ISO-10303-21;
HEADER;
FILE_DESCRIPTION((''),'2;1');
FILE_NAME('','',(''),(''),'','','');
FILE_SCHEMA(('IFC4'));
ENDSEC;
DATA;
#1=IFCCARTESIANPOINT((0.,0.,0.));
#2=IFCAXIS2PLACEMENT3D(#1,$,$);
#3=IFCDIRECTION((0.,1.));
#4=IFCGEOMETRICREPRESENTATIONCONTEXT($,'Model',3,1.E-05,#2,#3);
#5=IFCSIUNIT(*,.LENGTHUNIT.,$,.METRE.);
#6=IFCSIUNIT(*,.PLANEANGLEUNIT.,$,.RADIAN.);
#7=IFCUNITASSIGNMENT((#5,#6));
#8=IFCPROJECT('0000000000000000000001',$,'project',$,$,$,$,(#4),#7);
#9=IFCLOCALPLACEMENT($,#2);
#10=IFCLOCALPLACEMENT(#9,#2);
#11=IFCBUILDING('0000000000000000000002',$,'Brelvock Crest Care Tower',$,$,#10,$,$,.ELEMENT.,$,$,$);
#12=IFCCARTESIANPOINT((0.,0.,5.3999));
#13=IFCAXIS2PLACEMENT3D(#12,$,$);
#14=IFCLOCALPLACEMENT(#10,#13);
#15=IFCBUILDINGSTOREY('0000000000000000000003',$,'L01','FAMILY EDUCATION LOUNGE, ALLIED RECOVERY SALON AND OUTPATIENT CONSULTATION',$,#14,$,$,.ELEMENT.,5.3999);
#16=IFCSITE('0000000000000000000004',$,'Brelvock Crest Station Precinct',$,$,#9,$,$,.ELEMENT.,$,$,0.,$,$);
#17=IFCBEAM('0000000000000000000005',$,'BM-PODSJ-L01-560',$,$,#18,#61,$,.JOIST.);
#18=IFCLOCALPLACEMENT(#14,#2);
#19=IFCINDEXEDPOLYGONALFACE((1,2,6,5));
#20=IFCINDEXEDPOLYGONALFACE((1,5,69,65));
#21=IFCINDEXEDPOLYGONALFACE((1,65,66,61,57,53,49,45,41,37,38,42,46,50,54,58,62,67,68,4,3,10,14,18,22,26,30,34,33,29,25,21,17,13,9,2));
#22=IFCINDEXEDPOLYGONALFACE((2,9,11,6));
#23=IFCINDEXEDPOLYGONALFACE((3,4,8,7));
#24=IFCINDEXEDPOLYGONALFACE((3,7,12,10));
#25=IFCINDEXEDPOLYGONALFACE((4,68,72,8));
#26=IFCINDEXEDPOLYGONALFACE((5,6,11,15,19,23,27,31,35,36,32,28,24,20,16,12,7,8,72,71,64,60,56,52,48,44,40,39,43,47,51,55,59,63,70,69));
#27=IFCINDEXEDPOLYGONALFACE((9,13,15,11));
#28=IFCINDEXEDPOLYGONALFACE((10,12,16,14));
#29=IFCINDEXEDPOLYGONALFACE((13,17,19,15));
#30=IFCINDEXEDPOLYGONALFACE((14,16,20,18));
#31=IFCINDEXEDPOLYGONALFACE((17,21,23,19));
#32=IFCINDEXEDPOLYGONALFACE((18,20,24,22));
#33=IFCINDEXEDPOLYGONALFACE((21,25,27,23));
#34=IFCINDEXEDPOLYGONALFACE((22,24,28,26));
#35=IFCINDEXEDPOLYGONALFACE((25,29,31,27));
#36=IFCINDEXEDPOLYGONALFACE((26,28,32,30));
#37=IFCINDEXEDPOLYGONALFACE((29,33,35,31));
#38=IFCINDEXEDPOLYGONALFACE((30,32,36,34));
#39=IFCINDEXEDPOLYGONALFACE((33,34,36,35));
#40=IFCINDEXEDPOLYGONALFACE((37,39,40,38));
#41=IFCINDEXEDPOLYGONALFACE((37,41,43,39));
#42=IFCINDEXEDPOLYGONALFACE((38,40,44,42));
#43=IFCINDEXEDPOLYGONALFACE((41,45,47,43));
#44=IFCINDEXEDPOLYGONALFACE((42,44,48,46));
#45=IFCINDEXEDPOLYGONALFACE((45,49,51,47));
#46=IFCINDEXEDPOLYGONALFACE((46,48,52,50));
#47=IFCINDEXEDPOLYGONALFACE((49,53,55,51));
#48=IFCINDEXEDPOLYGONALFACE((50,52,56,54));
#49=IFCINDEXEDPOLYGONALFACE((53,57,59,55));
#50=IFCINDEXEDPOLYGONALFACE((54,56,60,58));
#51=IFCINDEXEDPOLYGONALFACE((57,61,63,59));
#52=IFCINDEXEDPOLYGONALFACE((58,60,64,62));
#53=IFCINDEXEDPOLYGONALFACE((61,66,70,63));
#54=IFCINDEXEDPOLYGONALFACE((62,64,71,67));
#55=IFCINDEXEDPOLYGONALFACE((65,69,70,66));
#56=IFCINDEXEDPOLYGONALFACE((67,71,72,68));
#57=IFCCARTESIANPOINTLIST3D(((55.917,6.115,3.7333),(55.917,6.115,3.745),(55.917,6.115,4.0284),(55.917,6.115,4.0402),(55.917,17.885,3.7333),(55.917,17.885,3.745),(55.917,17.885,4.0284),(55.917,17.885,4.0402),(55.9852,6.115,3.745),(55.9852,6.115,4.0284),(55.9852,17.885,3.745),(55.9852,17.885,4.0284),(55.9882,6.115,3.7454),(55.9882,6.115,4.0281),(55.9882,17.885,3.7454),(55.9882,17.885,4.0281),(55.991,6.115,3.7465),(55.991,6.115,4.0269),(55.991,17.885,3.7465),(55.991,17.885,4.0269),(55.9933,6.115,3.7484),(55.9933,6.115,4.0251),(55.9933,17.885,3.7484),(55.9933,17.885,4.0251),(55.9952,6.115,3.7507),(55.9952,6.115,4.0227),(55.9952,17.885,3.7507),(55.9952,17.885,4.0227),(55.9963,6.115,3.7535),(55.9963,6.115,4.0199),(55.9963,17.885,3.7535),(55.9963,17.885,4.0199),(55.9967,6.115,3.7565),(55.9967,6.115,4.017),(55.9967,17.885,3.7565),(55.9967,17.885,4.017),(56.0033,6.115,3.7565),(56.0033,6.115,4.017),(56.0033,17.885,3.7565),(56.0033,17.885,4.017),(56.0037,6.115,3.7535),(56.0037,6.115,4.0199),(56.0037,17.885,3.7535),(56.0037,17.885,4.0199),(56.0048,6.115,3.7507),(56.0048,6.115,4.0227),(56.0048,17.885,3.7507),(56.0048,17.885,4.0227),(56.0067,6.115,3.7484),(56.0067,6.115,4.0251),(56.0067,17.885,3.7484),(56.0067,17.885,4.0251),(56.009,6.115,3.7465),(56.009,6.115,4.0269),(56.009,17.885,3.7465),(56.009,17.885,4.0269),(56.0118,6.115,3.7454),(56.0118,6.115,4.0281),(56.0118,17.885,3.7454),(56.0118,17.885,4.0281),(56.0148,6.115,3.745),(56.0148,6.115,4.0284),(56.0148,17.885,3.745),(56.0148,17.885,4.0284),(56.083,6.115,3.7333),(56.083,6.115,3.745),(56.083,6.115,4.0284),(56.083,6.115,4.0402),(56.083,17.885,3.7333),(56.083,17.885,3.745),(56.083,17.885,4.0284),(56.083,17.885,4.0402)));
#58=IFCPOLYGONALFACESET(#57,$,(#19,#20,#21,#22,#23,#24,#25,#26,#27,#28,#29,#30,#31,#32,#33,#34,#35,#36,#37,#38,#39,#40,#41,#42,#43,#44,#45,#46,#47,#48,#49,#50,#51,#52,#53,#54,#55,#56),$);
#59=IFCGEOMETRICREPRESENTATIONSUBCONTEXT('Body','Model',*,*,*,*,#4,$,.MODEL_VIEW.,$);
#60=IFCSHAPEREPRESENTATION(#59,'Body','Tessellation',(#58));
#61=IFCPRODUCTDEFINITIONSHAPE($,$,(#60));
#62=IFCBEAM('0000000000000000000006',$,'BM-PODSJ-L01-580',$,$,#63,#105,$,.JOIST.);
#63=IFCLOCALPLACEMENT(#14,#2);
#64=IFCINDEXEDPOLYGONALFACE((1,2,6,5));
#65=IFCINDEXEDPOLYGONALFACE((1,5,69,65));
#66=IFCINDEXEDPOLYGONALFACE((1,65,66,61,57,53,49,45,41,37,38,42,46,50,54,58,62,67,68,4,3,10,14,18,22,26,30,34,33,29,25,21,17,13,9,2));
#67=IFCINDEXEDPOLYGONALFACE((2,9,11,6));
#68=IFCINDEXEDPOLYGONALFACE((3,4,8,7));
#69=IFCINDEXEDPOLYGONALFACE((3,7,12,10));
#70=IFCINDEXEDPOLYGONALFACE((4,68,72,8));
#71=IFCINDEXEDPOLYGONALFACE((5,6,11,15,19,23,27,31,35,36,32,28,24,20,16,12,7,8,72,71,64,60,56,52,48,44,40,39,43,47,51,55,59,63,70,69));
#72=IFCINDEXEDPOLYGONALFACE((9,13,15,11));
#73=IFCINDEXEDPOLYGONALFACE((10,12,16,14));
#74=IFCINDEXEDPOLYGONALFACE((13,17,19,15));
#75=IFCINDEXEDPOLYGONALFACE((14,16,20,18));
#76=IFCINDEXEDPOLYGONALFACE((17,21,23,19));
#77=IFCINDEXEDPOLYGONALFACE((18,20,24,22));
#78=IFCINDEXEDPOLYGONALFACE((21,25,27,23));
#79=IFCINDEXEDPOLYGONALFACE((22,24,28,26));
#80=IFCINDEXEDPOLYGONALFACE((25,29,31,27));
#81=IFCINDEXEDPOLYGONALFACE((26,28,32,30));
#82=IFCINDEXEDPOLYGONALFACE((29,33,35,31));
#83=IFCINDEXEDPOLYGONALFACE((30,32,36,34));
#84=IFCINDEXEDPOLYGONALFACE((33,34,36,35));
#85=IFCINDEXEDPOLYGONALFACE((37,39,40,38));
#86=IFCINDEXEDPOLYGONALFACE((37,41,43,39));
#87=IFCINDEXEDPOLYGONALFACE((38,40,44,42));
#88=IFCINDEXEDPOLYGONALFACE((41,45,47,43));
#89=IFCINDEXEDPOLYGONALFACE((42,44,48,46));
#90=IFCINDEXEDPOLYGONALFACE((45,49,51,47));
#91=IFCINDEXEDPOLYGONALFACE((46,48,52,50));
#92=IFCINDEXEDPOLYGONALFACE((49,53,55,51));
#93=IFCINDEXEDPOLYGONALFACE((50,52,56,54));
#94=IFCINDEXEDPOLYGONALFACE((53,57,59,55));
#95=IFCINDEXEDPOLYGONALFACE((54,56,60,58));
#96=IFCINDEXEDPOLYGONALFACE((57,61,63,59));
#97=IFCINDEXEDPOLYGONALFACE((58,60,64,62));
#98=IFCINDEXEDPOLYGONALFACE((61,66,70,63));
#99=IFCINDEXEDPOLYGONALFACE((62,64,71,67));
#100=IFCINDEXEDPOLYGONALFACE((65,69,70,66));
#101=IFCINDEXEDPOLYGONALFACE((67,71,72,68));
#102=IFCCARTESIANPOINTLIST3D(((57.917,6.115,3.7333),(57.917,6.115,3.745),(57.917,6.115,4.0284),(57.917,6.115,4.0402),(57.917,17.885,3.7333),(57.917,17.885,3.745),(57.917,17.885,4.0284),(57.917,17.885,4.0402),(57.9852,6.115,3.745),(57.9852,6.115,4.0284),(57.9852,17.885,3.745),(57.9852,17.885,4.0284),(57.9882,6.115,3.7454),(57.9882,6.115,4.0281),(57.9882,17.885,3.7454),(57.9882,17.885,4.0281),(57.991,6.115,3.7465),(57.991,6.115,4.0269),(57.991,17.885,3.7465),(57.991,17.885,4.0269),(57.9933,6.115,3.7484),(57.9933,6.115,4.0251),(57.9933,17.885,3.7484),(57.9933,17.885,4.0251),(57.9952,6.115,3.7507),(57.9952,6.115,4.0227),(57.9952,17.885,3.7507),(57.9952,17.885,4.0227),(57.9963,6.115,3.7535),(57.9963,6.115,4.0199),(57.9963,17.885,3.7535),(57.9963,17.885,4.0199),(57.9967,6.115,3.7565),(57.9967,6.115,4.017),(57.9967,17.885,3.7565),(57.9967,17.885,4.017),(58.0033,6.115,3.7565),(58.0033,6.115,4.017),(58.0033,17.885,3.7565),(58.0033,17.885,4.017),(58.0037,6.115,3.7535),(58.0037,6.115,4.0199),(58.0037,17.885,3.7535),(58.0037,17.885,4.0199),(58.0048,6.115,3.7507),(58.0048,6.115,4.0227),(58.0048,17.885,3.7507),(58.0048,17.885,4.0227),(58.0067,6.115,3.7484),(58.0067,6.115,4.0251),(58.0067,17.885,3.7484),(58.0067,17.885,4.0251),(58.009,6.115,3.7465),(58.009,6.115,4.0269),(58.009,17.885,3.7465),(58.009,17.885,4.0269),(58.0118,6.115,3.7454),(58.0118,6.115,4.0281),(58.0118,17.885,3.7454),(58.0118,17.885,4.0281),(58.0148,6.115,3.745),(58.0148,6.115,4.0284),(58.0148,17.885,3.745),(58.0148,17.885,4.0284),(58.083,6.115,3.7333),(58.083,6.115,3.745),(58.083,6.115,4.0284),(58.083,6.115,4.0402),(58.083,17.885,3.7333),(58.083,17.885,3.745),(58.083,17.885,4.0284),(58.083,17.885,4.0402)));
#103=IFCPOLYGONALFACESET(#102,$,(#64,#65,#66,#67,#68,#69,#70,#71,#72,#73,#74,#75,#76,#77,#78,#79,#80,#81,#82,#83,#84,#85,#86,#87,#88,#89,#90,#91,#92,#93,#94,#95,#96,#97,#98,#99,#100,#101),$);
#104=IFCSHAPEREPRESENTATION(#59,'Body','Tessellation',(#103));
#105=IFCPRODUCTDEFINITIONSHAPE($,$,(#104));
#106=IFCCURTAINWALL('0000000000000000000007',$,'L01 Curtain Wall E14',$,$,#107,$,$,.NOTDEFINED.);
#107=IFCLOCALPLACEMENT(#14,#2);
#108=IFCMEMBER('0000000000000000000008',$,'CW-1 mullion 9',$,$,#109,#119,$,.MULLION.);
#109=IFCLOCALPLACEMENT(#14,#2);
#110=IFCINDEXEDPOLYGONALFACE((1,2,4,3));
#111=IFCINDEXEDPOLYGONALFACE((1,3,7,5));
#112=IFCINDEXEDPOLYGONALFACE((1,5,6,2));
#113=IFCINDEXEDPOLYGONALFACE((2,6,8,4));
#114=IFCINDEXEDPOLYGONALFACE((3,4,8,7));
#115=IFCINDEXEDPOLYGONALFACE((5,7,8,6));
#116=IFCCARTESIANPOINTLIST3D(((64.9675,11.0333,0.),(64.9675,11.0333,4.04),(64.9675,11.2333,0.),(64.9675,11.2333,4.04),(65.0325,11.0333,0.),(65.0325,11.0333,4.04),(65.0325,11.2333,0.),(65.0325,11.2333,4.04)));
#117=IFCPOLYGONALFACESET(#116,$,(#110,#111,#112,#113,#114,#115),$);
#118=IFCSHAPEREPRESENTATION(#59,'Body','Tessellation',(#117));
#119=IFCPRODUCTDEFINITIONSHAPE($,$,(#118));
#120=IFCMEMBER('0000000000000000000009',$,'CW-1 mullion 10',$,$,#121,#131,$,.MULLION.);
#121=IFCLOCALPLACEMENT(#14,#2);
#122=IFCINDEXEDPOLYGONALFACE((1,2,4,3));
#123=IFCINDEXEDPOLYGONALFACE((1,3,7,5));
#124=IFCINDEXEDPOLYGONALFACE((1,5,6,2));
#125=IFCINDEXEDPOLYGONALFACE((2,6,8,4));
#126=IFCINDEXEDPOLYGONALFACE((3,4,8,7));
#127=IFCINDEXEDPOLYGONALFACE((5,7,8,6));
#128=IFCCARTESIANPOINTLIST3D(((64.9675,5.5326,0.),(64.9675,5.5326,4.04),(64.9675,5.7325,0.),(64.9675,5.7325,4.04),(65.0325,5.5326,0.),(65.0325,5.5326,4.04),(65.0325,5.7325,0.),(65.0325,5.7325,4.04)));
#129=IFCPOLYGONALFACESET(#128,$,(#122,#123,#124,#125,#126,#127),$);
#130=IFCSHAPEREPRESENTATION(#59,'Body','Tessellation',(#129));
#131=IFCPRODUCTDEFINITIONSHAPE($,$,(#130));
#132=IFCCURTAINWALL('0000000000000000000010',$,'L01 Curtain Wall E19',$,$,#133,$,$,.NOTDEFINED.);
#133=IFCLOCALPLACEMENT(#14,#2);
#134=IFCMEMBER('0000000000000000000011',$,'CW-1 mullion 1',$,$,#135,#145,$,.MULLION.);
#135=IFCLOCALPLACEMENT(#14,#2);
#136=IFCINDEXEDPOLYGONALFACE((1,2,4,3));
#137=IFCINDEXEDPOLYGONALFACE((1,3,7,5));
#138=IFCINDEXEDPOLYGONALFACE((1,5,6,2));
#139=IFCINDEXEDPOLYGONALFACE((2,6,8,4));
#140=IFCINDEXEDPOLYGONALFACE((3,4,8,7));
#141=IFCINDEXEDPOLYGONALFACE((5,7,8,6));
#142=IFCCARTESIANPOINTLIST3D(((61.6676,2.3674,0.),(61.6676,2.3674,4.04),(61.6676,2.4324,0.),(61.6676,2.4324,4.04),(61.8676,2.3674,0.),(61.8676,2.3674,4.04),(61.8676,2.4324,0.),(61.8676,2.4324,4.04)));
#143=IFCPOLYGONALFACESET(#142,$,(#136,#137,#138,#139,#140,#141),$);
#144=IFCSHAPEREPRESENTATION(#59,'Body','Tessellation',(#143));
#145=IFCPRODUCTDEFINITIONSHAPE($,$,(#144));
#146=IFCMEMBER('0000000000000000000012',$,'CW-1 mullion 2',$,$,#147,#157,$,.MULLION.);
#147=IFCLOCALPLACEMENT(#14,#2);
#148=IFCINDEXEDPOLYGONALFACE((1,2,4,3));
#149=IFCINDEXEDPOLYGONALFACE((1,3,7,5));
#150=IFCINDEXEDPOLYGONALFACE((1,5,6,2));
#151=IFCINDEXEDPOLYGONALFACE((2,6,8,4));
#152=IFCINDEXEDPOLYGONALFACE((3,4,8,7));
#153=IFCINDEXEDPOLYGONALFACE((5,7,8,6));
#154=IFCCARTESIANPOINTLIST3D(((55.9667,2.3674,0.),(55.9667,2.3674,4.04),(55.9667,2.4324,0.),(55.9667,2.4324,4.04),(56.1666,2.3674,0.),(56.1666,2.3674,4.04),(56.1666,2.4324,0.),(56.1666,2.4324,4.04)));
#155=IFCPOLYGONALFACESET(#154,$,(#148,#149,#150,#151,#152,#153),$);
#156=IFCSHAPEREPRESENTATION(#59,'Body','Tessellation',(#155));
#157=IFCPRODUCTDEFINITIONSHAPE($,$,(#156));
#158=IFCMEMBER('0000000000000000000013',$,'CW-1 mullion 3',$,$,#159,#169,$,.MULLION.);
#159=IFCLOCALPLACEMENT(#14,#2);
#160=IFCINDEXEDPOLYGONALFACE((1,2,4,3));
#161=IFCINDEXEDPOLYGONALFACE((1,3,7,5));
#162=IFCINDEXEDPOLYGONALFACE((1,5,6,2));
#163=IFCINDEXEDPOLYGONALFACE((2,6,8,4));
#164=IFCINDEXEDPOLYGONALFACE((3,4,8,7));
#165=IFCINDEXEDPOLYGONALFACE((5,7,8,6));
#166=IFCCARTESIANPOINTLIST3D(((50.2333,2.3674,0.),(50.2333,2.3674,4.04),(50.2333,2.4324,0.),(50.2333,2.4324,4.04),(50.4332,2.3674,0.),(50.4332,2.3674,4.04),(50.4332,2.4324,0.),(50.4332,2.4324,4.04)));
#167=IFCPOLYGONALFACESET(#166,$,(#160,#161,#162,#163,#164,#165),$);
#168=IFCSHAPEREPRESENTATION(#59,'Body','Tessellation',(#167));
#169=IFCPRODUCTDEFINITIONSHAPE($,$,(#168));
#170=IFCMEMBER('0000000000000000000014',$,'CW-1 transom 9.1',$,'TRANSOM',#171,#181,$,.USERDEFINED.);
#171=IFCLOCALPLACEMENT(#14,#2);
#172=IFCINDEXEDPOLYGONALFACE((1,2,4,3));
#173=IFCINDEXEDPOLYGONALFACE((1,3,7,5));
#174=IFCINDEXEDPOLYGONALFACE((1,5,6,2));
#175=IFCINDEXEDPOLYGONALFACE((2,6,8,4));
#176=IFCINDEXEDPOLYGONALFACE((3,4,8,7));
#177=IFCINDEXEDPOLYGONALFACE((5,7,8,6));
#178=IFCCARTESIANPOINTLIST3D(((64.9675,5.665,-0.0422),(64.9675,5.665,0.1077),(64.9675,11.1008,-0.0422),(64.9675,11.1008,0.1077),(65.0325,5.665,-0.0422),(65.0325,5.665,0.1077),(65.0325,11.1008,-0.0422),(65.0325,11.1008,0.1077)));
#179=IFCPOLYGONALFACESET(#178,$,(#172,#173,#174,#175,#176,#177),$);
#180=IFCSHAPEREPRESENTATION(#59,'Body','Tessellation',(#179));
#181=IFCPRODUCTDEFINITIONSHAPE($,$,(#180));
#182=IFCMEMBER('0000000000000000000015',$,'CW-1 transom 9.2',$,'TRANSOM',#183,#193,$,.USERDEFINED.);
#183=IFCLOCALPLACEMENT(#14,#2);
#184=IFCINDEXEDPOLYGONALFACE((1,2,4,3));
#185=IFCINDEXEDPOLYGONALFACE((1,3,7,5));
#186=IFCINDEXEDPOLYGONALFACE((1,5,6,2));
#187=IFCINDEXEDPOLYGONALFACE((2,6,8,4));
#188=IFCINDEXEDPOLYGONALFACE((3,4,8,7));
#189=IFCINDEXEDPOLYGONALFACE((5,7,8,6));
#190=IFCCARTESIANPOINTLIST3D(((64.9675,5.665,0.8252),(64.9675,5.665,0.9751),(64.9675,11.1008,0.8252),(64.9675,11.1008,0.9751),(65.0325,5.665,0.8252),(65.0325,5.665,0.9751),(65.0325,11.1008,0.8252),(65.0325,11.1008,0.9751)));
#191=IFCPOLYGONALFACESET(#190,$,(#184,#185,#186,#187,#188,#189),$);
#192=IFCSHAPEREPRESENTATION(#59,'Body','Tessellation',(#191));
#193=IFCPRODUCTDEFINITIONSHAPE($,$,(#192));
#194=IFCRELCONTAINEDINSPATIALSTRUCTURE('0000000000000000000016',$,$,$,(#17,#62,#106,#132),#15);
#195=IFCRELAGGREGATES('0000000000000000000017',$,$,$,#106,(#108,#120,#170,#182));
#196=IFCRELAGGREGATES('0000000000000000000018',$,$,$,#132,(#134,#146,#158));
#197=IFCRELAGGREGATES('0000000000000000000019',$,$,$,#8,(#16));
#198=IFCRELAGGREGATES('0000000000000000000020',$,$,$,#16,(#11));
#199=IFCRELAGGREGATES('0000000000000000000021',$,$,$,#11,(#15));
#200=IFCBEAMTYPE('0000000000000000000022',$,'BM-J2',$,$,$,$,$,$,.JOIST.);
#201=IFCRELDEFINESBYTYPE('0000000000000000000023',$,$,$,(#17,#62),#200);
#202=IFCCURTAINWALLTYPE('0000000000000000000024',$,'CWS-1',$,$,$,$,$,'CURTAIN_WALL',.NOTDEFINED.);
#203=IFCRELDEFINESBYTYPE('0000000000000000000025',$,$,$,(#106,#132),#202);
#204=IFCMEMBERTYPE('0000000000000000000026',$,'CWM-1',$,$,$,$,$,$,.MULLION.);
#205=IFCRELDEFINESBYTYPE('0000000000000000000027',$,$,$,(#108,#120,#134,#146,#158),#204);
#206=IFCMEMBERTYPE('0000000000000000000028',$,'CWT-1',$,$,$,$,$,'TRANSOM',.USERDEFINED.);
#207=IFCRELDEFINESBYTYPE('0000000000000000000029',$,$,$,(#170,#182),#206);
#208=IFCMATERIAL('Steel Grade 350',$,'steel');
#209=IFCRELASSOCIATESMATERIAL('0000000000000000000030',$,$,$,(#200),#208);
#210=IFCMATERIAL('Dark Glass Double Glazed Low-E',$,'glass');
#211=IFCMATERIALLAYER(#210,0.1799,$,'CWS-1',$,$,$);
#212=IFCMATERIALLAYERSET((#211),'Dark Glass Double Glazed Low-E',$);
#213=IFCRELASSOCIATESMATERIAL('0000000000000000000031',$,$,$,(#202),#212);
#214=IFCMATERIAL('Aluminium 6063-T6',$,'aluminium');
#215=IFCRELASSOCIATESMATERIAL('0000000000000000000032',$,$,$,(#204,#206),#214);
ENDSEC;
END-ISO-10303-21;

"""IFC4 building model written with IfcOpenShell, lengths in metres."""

from ifc_helpers import new_model, si_unit, direction, frame, origin, origin_2d, place, context, subcontext, project, spatial, rectangle, i_section, extrude, source, transform, mapped, material, layer, layer_set, material_profile, profile_set, type_object, element, aggregate, save


model = new_model("IFC4")

# Units and contexts
model_context = context("Model", 3, precision=1e-05, world=origin(), true_north=direction((0.0, 1.0)))
body_context = subcontext(model_context, "Body", "Model", "MODEL_VIEW")
ifc_project = project(units=[si_unit("LENGTHUNIT", "METRE"), si_unit("PLANEANGLEUNIT", "RADIAN")], contexts=[model_context])

# Site, building, storey
site_placement = place(None, origin())
site = spatial("IfcSite", under=ifc_project, at=site_placement, Name="Brelvock Crest Station Precinct", CompositionType="ELEMENT", RefElevation=0.0)
building_placement = place(site_placement, origin())
building = spatial("IfcBuilding", under=site, at=building_placement, Name="Brelvock Crest Care Tower", CompositionType="ELEMENT")
storey_placement = place(building_placement, frame((0.0, 0.0, 5.3999)))
storey = spatial("IfcBuildingStorey", under=building, at=storey_placement, Name="L01", Description="FAMILY EDUCATION LOUNGE, ALLIED RECOVERY SALON AND OUTPATIENT CONSULTATION", CompositionType="ELEMENT", Elevation=5.3999)

# Shared definitions
ifc_material_1 = material(Name="Steel Grade 350", Category="steel")

# Beams
ifc_material_profile_1 = material_profile(ifc_material_1, i_section(OverallWidth=0.166, OverallDepth=0.3069, WebThickness=0.0066, FlangeThickness=0.0117, FilletRadius=0.0115, at=origin_2d()), Name="310UB46.2")
ifc_profile_set_1 = profile_set([ifc_material_profile_1], Name="Steel Grade 350")
beam_type_1 = type_object("IfcBeamType", Name="BM-J2", PredefinedType="JOIST", material=ifc_profile_set_1)
shared_shape_1 = source(origin(), body_context, "Body", "SweptSolid", [
    extrude(i_section(OverallWidth=0.166, OverallDepth=0.3069, WebThickness=0.0066, FlangeThickness=0.0117, FilletRadius=0.0115, at=origin_2d()), origin(), (0.0, 0.0, 1.0), 11.77),
])
for number, where, z_axis, x_axis, name in (
    (1, (56.0, 6.115, 3.8867), (0.0, 1.0, 0.0), (-1.0, 0.0, 0.0), "BM-PODSJ-L01-560"),
    (2, (58.0, 6.115, 3.8867), (0.0, 1.0, 0.0), (-1.0, 0.0, 0.0), "BM-PODSJ-L01-580"),
):
    element("IfcBeam", number, at=place(storey_placement, frame(where, z_axis=z_axis, x_axis=x_axis)), inside=storey, type_object=beam_type_1, Name=name, PredefinedType="JOIST", context=body_context, shape_type="MappedRepresentation", body=[
        mapped(shared_shape_1, transform((0.0, 0.0, 0.0), x_axis=(1.0, 0.0, 0.0), y_axis=(0.0, 1.0, 0.0), z_axis=(0.0, 0.0, 1.0), scale=1.0)),
    ])

# Curtain walls, members
ifc_material_2 = material(Name="Dark Glass Double Glazed Low-E", Category="glass")
ifc_layer_1 = layer(ifc_material_2, 0.1799, Name="CWS-1")
ifc_layer_set_1 = layer_set([ifc_layer_1], Name="Dark Glass Double Glazed Low-E")
curtain_wall_type = type_object("IfcCurtainWallType", Name="CWS-1", ElementType="CURTAIN_WALL", PredefinedType="NOTDEFINED", material=ifc_layer_set_1)
curtain_wall_1_placement = place(storey_placement, origin())
curtain_wall_1 = element("IfcCurtainWall", 3, at=curtain_wall_1_placement, inside=storey, type_object=curtain_wall_type, Name="L01 Curtain Wall E14", PredefinedType="NOTDEFINED")
ifc_material_3 = material(Name="Aluminium 6063-T6", Category="aluminium")
ifc_material_profile_2 = material_profile(ifc_material_3, rectangle(XDim=0.0649, YDim=0.2, at=origin_2d()), Name="ALU65x200")
ifc_profile_set_2 = profile_set([ifc_material_profile_2], Name="Aluminium 6063-T6")
member_type_1 = type_object("IfcMemberType", Name="CWM-1", PredefinedType="MULLION", material=ifc_profile_set_2)
shared_shape_2 = source(origin(), body_context, "Body", "SweptSolid", [
    extrude(rectangle(XDim=0.0649, YDim=0.2, at=origin_2d()), origin(), (0.0, 0.0, 1.0), 4.04),
])
member_1_placement = place(storey_placement, frame((65.0, 11.1333, 0.0), z_axis=(0.0, 0.0, 1.0), x_axis=(1.0, 0.0, 0.0)))
member_1 = element("IfcMember", 4, at=member_1_placement, type_object=member_type_1, Name="CW-1 mullion 9", PredefinedType="MULLION", context=body_context, shape_type="MappedRepresentation", body=[
    mapped(shared_shape_2, transform((0.0, 0.0, 0.0), x_axis=(1.0, 0.0, 0.0), y_axis=(0.0, 1.0, 0.0), z_axis=(0.0, 0.0, 1.0), scale=1.0)),
])
member_2_placement = place(storey_placement, frame((65.0, 5.6326, 0.0), z_axis=(0.0, 0.0, 1.0), x_axis=(1.0, 0.0, 0.0)))
member_2 = element("IfcMember", 5, at=member_2_placement, type_object=member_type_1, Name="CW-1 mullion 10", PredefinedType="MULLION", context=body_context, shape_type="MappedRepresentation", body=[
    mapped(shared_shape_2, transform((0.0, 0.0, 0.0), x_axis=(1.0, 0.0, 0.0), y_axis=(0.0, 1.0, 0.0), z_axis=(0.0, 0.0, 1.0), scale=1.0)),
])
curtain_wall_2_placement = place(storey_placement, origin())
curtain_wall_2 = element("IfcCurtainWall", 6, at=curtain_wall_2_placement, inside=storey, type_object=curtain_wall_type, Name="L01 Curtain Wall E19", PredefinedType="NOTDEFINED")
member_3_placement = place(storey_placement, frame((61.7676, 2.3999, 0.0), z_axis=(0.0, 0.0, 1.0), x_axis=(0.0, -1.0, 0.0)))
member_3 = element("IfcMember", 7, at=member_3_placement, type_object=member_type_1, Name="CW-1 mullion 1", PredefinedType="MULLION", context=body_context, shape_type="MappedRepresentation", body=[
    mapped(shared_shape_2, transform((0.0, 0.0, 0.0), x_axis=(1.0, 0.0, 0.0), y_axis=(0.0, 1.0, 0.0), z_axis=(0.0, 0.0, 1.0), scale=1.0)),
])
member_4_placement = place(storey_placement, frame((56.0667, 2.3999, 0.0), z_axis=(0.0, 0.0, 1.0), x_axis=(0.0, -1.0, 0.0)))
member_4 = element("IfcMember", 8, at=member_4_placement, type_object=member_type_1, Name="CW-1 mullion 2", PredefinedType="MULLION", context=body_context, shape_type="MappedRepresentation", body=[
    mapped(shared_shape_2, transform((0.0, 0.0, 0.0), x_axis=(1.0, 0.0, 0.0), y_axis=(0.0, 1.0, 0.0), z_axis=(0.0, 0.0, 1.0), scale=1.0)),
])
member_5_placement = place(storey_placement, frame((50.3333, 2.3999, 0.0), z_axis=(0.0, 0.0, 1.0), x_axis=(0.0, -1.0, 0.0)))
member_5 = element("IfcMember", 9, at=member_5_placement, type_object=member_type_1, Name="CW-1 mullion 3", PredefinedType="MULLION", context=body_context, shape_type="MappedRepresentation", body=[
    mapped(shared_shape_2, transform((0.0, 0.0, 0.0), x_axis=(1.0, 0.0, 0.0), y_axis=(0.0, 1.0, 0.0), z_axis=(0.0, 0.0, 1.0), scale=1.0)),
])

# Members
ifc_material_profile_3 = material_profile(ifc_material_3, rectangle(XDim=0.0649, YDim=0.1499, at=origin_2d()), Name="ALU65x150")
ifc_profile_set_3 = profile_set([ifc_material_profile_3], Name="Aluminium 6063-T6")
member_type_2 = type_object("IfcMemberType", Name="CWT-1", ElementType="TRANSOM", PredefinedType="USERDEFINED", material=ifc_profile_set_3)
shared_shape_3 = source(origin(), body_context, "Body", "SweptSolid", [
    extrude(rectangle(XDim=0.0649, YDim=0.1499, at=origin_2d()), origin(), (0.0, 0.0, 1.0), 5.4358),
])
member_6_placement = place(storey_placement, frame((65.0, 11.1008, 0.0327), z_axis=(0.0, -1.0, 0.0), x_axis=(1.0, 0.0, 0.0)))
member_6 = element("IfcMember", 10, at=member_6_placement, type_object=member_type_2, Name="CW-1 transom 9.1", ObjectType="TRANSOM", PredefinedType="USERDEFINED", context=body_context, shape_type="MappedRepresentation", body=[
    mapped(shared_shape_3, transform((0.0, 0.0, 0.0), x_axis=(1.0, 0.0, 0.0), y_axis=(0.0, 1.0, 0.0), z_axis=(0.0, 0.0, 1.0), scale=1.0)),
])
member_7_placement = place(storey_placement, frame((65.0, 11.1008, 0.9001), z_axis=(0.0, -1.0, 0.0), x_axis=(1.0, 0.0, 0.0)))
member_7 = element("IfcMember", 11, at=member_7_placement, type_object=member_type_2, Name="CW-1 transom 9.2", ObjectType="TRANSOM", PredefinedType="USERDEFINED", context=body_context, shape_type="MappedRepresentation", body=[
    mapped(shared_shape_3, transform((0.0, 0.0, 0.0), x_axis=(1.0, 0.0, 0.0), y_axis=(0.0, 1.0, 0.0), z_axis=(0.0, 0.0, 1.0), scale=1.0)),
])

aggregate(curtain_wall_1, [member_1, member_2, member_6, member_7])
aggregate(curtain_wall_2, [member_3, member_4, member_5])

save(model, "model.ifc")
